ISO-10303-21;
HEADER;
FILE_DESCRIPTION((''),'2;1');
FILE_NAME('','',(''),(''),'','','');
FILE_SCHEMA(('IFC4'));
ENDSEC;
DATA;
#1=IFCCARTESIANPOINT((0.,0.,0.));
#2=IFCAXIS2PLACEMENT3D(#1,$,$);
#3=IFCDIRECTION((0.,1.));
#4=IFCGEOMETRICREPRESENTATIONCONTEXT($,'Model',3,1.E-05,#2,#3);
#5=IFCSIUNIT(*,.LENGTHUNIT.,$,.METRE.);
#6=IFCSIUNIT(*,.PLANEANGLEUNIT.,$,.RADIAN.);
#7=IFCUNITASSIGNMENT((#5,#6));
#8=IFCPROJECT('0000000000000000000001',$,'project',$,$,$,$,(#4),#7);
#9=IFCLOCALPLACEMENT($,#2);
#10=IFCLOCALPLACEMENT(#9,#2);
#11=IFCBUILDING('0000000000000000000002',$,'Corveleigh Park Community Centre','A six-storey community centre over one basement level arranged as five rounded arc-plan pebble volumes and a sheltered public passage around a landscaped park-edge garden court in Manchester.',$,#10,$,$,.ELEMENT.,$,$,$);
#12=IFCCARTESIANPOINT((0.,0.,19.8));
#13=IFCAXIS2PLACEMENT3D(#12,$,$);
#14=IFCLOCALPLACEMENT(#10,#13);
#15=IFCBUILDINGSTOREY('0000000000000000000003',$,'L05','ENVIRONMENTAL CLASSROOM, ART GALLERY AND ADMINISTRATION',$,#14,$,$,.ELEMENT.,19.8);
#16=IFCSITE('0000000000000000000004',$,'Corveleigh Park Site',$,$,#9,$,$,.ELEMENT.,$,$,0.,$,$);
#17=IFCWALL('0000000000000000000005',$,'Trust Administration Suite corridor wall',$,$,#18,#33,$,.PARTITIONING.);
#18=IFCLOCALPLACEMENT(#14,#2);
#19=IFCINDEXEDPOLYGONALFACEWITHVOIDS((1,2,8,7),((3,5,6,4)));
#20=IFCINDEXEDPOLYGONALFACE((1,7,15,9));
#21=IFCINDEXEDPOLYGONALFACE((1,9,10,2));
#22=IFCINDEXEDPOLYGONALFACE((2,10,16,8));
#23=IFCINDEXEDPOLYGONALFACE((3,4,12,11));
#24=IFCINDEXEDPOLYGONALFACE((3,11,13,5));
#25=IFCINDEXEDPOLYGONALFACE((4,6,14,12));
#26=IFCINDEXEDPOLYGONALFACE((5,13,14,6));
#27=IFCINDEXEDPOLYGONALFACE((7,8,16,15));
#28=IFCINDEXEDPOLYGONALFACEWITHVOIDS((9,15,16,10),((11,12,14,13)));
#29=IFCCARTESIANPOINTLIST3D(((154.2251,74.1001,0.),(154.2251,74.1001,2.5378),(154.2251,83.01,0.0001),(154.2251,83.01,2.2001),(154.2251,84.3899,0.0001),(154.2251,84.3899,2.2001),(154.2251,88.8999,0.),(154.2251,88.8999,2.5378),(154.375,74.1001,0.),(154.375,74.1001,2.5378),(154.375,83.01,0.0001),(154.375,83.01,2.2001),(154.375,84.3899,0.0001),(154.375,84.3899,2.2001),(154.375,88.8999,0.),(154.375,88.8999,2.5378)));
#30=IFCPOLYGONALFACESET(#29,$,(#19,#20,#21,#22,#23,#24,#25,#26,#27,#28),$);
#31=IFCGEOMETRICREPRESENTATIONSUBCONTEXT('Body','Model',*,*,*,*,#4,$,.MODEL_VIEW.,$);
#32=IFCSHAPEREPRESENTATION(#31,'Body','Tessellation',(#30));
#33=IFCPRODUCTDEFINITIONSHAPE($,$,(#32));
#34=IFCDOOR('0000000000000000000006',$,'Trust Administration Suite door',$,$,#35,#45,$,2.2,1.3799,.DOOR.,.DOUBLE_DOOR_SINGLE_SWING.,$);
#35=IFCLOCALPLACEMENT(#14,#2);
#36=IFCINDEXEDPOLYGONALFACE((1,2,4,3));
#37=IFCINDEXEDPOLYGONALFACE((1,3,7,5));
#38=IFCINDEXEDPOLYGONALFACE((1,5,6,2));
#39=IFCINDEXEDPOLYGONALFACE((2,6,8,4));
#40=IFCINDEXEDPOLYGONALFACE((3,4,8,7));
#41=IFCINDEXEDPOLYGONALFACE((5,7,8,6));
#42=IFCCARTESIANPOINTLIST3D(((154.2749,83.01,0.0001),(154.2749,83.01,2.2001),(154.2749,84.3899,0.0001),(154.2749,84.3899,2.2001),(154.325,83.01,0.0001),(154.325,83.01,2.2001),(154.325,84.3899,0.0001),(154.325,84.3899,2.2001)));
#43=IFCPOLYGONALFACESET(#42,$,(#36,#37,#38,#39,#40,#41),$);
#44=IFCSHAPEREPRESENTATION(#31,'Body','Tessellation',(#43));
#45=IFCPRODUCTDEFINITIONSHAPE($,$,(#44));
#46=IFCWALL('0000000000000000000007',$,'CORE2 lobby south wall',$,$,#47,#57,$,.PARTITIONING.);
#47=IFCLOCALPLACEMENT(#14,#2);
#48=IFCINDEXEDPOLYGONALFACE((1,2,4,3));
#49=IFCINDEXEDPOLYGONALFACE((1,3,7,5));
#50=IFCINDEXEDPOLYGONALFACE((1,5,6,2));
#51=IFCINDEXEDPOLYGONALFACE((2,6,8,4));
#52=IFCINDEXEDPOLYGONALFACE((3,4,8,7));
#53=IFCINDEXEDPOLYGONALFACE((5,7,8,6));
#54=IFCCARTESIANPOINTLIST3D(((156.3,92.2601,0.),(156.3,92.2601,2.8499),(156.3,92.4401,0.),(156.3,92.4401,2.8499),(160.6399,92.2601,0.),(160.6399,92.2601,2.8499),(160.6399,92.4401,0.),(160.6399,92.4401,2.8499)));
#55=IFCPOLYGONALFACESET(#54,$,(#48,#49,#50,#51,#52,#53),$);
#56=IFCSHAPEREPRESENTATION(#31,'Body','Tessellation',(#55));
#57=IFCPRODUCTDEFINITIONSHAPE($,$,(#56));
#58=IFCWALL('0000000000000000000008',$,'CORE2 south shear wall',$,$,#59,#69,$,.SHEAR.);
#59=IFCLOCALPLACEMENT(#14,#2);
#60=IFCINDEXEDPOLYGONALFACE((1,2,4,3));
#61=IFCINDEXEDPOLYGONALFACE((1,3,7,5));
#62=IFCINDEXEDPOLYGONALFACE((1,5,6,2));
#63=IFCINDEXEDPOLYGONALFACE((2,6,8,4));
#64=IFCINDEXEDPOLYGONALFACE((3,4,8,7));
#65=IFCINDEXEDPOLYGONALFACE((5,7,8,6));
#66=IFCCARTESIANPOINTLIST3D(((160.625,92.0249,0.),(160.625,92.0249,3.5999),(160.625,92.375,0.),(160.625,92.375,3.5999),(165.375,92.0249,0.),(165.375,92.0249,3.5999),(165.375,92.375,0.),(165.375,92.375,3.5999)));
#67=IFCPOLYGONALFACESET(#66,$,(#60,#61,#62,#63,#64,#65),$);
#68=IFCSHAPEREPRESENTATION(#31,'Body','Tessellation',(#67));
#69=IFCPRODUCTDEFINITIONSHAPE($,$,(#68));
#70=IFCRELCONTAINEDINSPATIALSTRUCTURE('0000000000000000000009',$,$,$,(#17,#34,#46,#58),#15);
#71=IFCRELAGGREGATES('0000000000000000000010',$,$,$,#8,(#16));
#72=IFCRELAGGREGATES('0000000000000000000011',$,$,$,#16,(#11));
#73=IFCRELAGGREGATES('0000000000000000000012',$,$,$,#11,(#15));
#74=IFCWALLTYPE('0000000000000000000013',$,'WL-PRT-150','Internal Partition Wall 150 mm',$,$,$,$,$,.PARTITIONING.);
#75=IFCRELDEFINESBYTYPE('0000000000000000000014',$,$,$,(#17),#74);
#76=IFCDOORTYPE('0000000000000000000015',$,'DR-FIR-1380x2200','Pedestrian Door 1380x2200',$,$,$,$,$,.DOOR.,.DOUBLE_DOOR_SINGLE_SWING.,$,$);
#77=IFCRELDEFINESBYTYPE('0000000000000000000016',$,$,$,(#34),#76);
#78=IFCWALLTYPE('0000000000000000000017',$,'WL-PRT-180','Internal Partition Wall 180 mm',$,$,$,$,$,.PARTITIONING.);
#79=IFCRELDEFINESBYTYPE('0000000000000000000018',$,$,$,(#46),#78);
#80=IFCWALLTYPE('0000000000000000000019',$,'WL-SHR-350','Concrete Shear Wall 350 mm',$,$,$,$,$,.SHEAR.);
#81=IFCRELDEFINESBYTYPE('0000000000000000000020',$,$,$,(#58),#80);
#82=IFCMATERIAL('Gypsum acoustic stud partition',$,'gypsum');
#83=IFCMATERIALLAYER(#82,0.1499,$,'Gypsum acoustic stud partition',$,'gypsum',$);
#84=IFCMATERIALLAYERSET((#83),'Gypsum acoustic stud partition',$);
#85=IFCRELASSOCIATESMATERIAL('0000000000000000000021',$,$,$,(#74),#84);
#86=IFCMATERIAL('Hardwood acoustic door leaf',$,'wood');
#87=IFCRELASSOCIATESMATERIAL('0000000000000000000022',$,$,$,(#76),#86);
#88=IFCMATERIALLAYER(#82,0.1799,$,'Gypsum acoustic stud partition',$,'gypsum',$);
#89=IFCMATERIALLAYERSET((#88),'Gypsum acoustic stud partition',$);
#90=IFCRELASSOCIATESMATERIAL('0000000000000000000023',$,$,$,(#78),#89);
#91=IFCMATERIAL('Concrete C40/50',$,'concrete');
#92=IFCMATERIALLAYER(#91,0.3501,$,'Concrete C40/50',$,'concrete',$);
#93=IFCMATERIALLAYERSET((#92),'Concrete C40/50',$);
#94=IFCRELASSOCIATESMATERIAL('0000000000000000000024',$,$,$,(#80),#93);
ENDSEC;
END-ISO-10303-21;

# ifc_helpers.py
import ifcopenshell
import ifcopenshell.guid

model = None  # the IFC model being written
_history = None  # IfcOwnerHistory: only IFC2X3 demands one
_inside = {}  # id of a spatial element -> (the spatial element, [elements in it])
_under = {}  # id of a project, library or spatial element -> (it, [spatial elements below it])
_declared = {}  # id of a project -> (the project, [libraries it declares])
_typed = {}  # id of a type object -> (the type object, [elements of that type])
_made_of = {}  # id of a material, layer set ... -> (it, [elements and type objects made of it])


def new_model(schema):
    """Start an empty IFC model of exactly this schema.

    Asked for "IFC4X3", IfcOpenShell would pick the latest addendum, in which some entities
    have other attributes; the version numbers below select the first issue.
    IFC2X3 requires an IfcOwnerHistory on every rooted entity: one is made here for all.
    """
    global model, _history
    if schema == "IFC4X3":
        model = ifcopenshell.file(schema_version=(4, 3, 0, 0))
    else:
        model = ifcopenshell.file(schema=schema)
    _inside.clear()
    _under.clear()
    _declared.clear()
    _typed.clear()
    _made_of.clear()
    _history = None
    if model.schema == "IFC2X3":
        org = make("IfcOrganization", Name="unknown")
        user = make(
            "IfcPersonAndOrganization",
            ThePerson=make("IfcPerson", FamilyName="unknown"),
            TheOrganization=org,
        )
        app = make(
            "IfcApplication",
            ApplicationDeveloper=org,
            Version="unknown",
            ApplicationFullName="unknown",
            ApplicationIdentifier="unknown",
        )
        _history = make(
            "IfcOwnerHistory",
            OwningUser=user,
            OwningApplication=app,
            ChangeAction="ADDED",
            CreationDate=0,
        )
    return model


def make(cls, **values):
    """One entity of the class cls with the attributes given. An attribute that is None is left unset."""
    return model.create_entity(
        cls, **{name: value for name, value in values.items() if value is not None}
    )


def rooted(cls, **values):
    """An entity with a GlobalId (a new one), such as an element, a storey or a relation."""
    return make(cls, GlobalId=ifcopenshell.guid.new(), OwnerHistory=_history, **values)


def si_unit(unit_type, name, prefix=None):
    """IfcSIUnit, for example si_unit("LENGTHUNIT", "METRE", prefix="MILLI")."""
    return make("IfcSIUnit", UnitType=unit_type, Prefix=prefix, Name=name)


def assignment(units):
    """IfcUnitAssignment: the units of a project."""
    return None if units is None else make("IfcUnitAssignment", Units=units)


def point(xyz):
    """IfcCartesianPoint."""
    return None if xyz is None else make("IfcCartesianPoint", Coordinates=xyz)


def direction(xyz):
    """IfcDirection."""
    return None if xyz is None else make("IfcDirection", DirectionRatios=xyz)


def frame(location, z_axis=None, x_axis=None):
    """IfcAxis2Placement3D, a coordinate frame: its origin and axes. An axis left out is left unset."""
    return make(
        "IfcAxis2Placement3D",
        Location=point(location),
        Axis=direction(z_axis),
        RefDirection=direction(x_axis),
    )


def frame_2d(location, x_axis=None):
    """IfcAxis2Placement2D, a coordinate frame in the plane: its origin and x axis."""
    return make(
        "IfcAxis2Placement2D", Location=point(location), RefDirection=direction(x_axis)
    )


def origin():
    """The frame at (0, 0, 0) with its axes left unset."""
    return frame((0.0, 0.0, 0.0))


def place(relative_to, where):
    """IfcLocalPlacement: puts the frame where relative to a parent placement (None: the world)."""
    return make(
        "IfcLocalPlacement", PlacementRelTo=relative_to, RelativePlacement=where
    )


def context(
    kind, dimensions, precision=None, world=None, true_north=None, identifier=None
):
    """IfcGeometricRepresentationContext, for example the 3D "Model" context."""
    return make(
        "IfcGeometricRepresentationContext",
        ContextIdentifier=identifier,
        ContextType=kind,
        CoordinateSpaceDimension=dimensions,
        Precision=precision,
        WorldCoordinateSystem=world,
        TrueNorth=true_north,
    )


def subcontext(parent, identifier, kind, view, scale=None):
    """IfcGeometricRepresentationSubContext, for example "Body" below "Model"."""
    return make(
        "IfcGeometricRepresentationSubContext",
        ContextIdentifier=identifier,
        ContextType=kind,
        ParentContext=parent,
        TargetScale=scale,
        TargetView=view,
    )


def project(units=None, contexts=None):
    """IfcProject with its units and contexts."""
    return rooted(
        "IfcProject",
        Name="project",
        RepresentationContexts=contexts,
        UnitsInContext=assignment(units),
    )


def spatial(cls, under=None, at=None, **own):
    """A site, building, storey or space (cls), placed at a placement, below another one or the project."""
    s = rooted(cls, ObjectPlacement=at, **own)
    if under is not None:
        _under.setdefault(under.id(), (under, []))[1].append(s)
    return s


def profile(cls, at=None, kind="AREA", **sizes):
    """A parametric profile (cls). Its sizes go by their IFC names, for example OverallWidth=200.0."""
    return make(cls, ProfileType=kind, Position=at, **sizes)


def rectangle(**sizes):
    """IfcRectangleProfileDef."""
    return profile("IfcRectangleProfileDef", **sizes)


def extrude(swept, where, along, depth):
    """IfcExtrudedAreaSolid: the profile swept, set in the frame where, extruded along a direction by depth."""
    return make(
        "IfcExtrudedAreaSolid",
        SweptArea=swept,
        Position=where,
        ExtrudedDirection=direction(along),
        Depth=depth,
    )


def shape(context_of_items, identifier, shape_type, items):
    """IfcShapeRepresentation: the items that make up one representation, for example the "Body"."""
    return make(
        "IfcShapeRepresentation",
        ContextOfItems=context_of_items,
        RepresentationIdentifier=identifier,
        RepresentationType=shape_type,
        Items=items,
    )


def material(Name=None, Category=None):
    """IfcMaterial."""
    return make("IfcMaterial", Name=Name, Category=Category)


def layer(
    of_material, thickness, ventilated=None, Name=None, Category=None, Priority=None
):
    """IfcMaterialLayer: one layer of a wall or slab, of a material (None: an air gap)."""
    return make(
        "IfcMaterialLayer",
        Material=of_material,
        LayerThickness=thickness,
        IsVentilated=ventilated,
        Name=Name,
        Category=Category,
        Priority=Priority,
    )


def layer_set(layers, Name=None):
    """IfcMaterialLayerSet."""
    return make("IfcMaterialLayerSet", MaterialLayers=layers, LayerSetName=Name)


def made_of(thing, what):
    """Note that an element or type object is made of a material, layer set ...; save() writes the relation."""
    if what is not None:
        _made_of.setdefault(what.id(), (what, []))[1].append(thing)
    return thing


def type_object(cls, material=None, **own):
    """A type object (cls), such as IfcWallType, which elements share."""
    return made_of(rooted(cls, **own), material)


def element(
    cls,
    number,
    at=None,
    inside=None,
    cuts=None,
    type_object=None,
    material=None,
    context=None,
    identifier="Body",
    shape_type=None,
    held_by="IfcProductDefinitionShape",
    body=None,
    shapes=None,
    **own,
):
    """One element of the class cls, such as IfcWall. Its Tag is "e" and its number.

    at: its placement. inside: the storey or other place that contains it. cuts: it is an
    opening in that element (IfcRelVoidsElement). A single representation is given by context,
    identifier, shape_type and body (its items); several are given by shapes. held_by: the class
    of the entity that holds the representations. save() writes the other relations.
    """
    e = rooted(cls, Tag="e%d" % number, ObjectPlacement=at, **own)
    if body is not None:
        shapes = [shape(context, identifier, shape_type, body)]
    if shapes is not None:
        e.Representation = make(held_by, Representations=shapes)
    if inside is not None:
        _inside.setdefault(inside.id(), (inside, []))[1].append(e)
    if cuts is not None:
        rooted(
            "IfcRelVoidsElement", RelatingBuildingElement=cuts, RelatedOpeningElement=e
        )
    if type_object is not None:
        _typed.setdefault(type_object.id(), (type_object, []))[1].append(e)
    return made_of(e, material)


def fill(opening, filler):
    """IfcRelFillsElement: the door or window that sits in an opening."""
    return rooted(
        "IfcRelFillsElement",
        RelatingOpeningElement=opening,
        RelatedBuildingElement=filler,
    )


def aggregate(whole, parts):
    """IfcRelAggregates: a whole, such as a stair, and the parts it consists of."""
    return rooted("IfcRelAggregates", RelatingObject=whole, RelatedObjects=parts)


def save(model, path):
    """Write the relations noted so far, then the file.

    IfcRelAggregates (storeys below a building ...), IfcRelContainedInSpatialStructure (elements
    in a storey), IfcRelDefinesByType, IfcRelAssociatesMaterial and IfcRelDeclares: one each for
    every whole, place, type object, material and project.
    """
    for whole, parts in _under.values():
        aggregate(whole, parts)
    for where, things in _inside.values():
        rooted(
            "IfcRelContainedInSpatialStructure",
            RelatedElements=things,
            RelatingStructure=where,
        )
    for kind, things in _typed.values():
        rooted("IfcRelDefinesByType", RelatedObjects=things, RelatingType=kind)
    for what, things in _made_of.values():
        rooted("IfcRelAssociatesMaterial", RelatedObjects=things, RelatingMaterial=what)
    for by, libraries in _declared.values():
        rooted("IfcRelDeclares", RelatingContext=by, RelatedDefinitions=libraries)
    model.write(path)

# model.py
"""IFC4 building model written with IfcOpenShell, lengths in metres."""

from ifc_helpers import new_model, si_unit, direction, frame, frame_2d, origin, place, context, subcontext, project, spatial, rectangle, extrude, material, layer, layer_set, type_object, element, fill, save


model = new_model("IFC4")

# Units and contexts
model_context = context("Model", 3, precision=1e-05, world=origin(), true_north=direction((0.0, 1.0)))
body_context = subcontext(model_context, "Body", "Model", "MODEL_VIEW")
ifc_project = project(units=[si_unit("LENGTHUNIT", "METRE"), si_unit("PLANEANGLEUNIT", "RADIAN")], contexts=[model_context])

# Site, building, storey
site_placement = place(None, origin())
site = spatial("IfcSite", under=ifc_project, at=site_placement, Name="Corveleigh Park Site", CompositionType="ELEMENT", RefElevation=0.0)
building_placement = place(site_placement, origin())
building = spatial("IfcBuilding", under=site, at=building_placement, Name="Corveleigh Park Community Centre", Description="A six-storey community centre over one basement level arranged as five rounded arc-plan pebble volumes and a sheltered public passage around a landscaped park-edge garden court in Manchester.", CompositionType="ELEMENT")
storey_placement = place(building_placement, frame((0.0, 0.0, 19.8)))
storey = spatial("IfcBuildingStorey", under=building, at=storey_placement, Name="L05", Description="ENVIRONMENTAL CLASSROOM, ART GALLERY AND ADMINISTRATION", CompositionType="ELEMENT", Elevation=19.8)

# Shared definitions
ifc_material_1 = material(Name="Concrete C40/50", Category="concrete")

# Wall, opening, door
ifc_material_2 = material(Name="Gypsum acoustic stud partition", Category="gypsum")
ifc_layer_1 = layer(ifc_material_2, 0.1499, Name="Gypsum acoustic stud partition", Category="gypsum")
ifc_layer_set_1 = layer_set([ifc_layer_1], Name="Gypsum acoustic stud partition")
wall_type_1 = type_object("IfcWallType", Name="WL-PRT-150", Description="Internal Partition Wall 150 mm", PredefinedType="PARTITIONING", material=ifc_layer_set_1)
wall_1_placement = place(storey_placement, frame((154.3, 88.8999, 0.0), z_axis=(0.0, 0.0, 1.0), x_axis=(0.0, -1.0, 0.0)))
wall_1 = element("IfcWall", 1, at=wall_1_placement, inside=storey, type_object=wall_type_1, Name="Trust Administration Suite corridor wall", PredefinedType="PARTITIONING", context=body_context, shape_type="SweptSolid", body=[
    extrude(rectangle(XDim=14.7998, YDim=0.1499, at=frame_2d((7.3999, 0.0))), origin(), (0.0, 0.0, 1.0), 2.5378),
])
opening_placement = place(wall_1_placement, frame((4.51, 0.0, 0.0)))
opening = element("IfcOpeningElement", 2, at=opening_placement, cuts=wall_1, PredefinedType="OPENING", context=body_context, shape_type="SweptSolid", body=[
    extrude(rectangle(XDim=1.3799, YDim=2.2, at=frame_2d((0.6899, 1.1001))), frame((0.0, 0.085, 0.0), z_axis=(0.0, -1.0, 0.0), x_axis=(1.0, 0.0, 0.0)), (0.0, 0.0, 1.0), 0.1699),
])
ifc_material_3 = material(Name="Hardwood acoustic door leaf", Category="wood")
door_type = type_object("IfcDoorType", Name="DR-FIR-1380x2200", Description="Pedestrian Door 1380x2200", OperationType="DOUBLE_DOOR_SINGLE_SWING", PredefinedType="DOOR", material=ifc_material_3)
door_placement = place(opening_placement, origin())
door = element("IfcDoor", 3, at=door_placement, inside=storey, type_object=door_type, Name="Trust Administration Suite door", OperationType="DOUBLE_DOOR_SINGLE_SWING", OverallHeight=2.2, OverallWidth=1.3799, PredefinedType="DOOR", context=body_context, shape_type="SweptSolid", body=[
    extrude(rectangle(XDim=1.3799, YDim=2.2, at=frame_2d((0.6899, 1.1001))), frame((0.0, 0.0249, 0.0), z_axis=(0.0, -1.0, 0.0), x_axis=(1.0, 0.0, 0.0)), (0.0, 0.0, 1.0), 0.05),
])
fill(opening, door)

# Walls
ifc_layer_2 = layer(ifc_material_2, 0.1799, Name="Gypsum acoustic stud partition", Category="gypsum")
ifc_layer_set_2 = layer_set([ifc_layer_2], Name="Gypsum acoustic stud partition")
wall_type_2 = type_object("IfcWallType", Name="WL-PRT-180", Description="Internal Partition Wall 180 mm", PredefinedType="PARTITIONING", material=ifc_layer_set_2)
wall_2_placement = place(storey_placement, frame((156.3, 92.3501, 0.0), z_axis=(0.0, 0.0, 1.0), x_axis=(1.0, 0.0, 0.0)))
element("IfcWall", 4, at=wall_2_placement, inside=storey, type_object=wall_type_2, Name="CORE2 lobby south wall", PredefinedType="PARTITIONING", context=body_context, shape_type="SweptSolid", body=[
    extrude(rectangle(XDim=4.3398, YDim=0.1799, at=frame_2d((2.1699, 0.0))), origin(), (0.0, 0.0, 1.0), 2.8499),
])
ifc_layer_3 = layer(ifc_material_1, 0.3501, Name="Concrete C40/50", Category="concrete")
ifc_layer_set_3 = layer_set([ifc_layer_3], Name="Concrete C40/50")
wall_type_3 = type_object("IfcWallType", Name="WL-SHR-350", Description="Concrete Shear Wall 350 mm", PredefinedType="SHEAR", material=ifc_layer_set_3)
wall_3_placement = place(storey_placement, frame((160.625, 92.2, 0.0), z_axis=(0.0, 0.0, 1.0), x_axis=(1.0, 0.0, 0.0)))
element("IfcWall", 5, at=wall_3_placement, inside=storey, type_object=wall_type_3, Name="CORE2 south shear wall", PredefinedType="SHEAR", context=body_context, shape_type="SweptSolid", body=[
    extrude(rectangle(XDim=4.75, YDim=0.3501, at=frame_2d((2.375, 0.0))), origin(), (0.0, 0.0, 1.0), 3.5999),
])

save(model, "model.ifc")
